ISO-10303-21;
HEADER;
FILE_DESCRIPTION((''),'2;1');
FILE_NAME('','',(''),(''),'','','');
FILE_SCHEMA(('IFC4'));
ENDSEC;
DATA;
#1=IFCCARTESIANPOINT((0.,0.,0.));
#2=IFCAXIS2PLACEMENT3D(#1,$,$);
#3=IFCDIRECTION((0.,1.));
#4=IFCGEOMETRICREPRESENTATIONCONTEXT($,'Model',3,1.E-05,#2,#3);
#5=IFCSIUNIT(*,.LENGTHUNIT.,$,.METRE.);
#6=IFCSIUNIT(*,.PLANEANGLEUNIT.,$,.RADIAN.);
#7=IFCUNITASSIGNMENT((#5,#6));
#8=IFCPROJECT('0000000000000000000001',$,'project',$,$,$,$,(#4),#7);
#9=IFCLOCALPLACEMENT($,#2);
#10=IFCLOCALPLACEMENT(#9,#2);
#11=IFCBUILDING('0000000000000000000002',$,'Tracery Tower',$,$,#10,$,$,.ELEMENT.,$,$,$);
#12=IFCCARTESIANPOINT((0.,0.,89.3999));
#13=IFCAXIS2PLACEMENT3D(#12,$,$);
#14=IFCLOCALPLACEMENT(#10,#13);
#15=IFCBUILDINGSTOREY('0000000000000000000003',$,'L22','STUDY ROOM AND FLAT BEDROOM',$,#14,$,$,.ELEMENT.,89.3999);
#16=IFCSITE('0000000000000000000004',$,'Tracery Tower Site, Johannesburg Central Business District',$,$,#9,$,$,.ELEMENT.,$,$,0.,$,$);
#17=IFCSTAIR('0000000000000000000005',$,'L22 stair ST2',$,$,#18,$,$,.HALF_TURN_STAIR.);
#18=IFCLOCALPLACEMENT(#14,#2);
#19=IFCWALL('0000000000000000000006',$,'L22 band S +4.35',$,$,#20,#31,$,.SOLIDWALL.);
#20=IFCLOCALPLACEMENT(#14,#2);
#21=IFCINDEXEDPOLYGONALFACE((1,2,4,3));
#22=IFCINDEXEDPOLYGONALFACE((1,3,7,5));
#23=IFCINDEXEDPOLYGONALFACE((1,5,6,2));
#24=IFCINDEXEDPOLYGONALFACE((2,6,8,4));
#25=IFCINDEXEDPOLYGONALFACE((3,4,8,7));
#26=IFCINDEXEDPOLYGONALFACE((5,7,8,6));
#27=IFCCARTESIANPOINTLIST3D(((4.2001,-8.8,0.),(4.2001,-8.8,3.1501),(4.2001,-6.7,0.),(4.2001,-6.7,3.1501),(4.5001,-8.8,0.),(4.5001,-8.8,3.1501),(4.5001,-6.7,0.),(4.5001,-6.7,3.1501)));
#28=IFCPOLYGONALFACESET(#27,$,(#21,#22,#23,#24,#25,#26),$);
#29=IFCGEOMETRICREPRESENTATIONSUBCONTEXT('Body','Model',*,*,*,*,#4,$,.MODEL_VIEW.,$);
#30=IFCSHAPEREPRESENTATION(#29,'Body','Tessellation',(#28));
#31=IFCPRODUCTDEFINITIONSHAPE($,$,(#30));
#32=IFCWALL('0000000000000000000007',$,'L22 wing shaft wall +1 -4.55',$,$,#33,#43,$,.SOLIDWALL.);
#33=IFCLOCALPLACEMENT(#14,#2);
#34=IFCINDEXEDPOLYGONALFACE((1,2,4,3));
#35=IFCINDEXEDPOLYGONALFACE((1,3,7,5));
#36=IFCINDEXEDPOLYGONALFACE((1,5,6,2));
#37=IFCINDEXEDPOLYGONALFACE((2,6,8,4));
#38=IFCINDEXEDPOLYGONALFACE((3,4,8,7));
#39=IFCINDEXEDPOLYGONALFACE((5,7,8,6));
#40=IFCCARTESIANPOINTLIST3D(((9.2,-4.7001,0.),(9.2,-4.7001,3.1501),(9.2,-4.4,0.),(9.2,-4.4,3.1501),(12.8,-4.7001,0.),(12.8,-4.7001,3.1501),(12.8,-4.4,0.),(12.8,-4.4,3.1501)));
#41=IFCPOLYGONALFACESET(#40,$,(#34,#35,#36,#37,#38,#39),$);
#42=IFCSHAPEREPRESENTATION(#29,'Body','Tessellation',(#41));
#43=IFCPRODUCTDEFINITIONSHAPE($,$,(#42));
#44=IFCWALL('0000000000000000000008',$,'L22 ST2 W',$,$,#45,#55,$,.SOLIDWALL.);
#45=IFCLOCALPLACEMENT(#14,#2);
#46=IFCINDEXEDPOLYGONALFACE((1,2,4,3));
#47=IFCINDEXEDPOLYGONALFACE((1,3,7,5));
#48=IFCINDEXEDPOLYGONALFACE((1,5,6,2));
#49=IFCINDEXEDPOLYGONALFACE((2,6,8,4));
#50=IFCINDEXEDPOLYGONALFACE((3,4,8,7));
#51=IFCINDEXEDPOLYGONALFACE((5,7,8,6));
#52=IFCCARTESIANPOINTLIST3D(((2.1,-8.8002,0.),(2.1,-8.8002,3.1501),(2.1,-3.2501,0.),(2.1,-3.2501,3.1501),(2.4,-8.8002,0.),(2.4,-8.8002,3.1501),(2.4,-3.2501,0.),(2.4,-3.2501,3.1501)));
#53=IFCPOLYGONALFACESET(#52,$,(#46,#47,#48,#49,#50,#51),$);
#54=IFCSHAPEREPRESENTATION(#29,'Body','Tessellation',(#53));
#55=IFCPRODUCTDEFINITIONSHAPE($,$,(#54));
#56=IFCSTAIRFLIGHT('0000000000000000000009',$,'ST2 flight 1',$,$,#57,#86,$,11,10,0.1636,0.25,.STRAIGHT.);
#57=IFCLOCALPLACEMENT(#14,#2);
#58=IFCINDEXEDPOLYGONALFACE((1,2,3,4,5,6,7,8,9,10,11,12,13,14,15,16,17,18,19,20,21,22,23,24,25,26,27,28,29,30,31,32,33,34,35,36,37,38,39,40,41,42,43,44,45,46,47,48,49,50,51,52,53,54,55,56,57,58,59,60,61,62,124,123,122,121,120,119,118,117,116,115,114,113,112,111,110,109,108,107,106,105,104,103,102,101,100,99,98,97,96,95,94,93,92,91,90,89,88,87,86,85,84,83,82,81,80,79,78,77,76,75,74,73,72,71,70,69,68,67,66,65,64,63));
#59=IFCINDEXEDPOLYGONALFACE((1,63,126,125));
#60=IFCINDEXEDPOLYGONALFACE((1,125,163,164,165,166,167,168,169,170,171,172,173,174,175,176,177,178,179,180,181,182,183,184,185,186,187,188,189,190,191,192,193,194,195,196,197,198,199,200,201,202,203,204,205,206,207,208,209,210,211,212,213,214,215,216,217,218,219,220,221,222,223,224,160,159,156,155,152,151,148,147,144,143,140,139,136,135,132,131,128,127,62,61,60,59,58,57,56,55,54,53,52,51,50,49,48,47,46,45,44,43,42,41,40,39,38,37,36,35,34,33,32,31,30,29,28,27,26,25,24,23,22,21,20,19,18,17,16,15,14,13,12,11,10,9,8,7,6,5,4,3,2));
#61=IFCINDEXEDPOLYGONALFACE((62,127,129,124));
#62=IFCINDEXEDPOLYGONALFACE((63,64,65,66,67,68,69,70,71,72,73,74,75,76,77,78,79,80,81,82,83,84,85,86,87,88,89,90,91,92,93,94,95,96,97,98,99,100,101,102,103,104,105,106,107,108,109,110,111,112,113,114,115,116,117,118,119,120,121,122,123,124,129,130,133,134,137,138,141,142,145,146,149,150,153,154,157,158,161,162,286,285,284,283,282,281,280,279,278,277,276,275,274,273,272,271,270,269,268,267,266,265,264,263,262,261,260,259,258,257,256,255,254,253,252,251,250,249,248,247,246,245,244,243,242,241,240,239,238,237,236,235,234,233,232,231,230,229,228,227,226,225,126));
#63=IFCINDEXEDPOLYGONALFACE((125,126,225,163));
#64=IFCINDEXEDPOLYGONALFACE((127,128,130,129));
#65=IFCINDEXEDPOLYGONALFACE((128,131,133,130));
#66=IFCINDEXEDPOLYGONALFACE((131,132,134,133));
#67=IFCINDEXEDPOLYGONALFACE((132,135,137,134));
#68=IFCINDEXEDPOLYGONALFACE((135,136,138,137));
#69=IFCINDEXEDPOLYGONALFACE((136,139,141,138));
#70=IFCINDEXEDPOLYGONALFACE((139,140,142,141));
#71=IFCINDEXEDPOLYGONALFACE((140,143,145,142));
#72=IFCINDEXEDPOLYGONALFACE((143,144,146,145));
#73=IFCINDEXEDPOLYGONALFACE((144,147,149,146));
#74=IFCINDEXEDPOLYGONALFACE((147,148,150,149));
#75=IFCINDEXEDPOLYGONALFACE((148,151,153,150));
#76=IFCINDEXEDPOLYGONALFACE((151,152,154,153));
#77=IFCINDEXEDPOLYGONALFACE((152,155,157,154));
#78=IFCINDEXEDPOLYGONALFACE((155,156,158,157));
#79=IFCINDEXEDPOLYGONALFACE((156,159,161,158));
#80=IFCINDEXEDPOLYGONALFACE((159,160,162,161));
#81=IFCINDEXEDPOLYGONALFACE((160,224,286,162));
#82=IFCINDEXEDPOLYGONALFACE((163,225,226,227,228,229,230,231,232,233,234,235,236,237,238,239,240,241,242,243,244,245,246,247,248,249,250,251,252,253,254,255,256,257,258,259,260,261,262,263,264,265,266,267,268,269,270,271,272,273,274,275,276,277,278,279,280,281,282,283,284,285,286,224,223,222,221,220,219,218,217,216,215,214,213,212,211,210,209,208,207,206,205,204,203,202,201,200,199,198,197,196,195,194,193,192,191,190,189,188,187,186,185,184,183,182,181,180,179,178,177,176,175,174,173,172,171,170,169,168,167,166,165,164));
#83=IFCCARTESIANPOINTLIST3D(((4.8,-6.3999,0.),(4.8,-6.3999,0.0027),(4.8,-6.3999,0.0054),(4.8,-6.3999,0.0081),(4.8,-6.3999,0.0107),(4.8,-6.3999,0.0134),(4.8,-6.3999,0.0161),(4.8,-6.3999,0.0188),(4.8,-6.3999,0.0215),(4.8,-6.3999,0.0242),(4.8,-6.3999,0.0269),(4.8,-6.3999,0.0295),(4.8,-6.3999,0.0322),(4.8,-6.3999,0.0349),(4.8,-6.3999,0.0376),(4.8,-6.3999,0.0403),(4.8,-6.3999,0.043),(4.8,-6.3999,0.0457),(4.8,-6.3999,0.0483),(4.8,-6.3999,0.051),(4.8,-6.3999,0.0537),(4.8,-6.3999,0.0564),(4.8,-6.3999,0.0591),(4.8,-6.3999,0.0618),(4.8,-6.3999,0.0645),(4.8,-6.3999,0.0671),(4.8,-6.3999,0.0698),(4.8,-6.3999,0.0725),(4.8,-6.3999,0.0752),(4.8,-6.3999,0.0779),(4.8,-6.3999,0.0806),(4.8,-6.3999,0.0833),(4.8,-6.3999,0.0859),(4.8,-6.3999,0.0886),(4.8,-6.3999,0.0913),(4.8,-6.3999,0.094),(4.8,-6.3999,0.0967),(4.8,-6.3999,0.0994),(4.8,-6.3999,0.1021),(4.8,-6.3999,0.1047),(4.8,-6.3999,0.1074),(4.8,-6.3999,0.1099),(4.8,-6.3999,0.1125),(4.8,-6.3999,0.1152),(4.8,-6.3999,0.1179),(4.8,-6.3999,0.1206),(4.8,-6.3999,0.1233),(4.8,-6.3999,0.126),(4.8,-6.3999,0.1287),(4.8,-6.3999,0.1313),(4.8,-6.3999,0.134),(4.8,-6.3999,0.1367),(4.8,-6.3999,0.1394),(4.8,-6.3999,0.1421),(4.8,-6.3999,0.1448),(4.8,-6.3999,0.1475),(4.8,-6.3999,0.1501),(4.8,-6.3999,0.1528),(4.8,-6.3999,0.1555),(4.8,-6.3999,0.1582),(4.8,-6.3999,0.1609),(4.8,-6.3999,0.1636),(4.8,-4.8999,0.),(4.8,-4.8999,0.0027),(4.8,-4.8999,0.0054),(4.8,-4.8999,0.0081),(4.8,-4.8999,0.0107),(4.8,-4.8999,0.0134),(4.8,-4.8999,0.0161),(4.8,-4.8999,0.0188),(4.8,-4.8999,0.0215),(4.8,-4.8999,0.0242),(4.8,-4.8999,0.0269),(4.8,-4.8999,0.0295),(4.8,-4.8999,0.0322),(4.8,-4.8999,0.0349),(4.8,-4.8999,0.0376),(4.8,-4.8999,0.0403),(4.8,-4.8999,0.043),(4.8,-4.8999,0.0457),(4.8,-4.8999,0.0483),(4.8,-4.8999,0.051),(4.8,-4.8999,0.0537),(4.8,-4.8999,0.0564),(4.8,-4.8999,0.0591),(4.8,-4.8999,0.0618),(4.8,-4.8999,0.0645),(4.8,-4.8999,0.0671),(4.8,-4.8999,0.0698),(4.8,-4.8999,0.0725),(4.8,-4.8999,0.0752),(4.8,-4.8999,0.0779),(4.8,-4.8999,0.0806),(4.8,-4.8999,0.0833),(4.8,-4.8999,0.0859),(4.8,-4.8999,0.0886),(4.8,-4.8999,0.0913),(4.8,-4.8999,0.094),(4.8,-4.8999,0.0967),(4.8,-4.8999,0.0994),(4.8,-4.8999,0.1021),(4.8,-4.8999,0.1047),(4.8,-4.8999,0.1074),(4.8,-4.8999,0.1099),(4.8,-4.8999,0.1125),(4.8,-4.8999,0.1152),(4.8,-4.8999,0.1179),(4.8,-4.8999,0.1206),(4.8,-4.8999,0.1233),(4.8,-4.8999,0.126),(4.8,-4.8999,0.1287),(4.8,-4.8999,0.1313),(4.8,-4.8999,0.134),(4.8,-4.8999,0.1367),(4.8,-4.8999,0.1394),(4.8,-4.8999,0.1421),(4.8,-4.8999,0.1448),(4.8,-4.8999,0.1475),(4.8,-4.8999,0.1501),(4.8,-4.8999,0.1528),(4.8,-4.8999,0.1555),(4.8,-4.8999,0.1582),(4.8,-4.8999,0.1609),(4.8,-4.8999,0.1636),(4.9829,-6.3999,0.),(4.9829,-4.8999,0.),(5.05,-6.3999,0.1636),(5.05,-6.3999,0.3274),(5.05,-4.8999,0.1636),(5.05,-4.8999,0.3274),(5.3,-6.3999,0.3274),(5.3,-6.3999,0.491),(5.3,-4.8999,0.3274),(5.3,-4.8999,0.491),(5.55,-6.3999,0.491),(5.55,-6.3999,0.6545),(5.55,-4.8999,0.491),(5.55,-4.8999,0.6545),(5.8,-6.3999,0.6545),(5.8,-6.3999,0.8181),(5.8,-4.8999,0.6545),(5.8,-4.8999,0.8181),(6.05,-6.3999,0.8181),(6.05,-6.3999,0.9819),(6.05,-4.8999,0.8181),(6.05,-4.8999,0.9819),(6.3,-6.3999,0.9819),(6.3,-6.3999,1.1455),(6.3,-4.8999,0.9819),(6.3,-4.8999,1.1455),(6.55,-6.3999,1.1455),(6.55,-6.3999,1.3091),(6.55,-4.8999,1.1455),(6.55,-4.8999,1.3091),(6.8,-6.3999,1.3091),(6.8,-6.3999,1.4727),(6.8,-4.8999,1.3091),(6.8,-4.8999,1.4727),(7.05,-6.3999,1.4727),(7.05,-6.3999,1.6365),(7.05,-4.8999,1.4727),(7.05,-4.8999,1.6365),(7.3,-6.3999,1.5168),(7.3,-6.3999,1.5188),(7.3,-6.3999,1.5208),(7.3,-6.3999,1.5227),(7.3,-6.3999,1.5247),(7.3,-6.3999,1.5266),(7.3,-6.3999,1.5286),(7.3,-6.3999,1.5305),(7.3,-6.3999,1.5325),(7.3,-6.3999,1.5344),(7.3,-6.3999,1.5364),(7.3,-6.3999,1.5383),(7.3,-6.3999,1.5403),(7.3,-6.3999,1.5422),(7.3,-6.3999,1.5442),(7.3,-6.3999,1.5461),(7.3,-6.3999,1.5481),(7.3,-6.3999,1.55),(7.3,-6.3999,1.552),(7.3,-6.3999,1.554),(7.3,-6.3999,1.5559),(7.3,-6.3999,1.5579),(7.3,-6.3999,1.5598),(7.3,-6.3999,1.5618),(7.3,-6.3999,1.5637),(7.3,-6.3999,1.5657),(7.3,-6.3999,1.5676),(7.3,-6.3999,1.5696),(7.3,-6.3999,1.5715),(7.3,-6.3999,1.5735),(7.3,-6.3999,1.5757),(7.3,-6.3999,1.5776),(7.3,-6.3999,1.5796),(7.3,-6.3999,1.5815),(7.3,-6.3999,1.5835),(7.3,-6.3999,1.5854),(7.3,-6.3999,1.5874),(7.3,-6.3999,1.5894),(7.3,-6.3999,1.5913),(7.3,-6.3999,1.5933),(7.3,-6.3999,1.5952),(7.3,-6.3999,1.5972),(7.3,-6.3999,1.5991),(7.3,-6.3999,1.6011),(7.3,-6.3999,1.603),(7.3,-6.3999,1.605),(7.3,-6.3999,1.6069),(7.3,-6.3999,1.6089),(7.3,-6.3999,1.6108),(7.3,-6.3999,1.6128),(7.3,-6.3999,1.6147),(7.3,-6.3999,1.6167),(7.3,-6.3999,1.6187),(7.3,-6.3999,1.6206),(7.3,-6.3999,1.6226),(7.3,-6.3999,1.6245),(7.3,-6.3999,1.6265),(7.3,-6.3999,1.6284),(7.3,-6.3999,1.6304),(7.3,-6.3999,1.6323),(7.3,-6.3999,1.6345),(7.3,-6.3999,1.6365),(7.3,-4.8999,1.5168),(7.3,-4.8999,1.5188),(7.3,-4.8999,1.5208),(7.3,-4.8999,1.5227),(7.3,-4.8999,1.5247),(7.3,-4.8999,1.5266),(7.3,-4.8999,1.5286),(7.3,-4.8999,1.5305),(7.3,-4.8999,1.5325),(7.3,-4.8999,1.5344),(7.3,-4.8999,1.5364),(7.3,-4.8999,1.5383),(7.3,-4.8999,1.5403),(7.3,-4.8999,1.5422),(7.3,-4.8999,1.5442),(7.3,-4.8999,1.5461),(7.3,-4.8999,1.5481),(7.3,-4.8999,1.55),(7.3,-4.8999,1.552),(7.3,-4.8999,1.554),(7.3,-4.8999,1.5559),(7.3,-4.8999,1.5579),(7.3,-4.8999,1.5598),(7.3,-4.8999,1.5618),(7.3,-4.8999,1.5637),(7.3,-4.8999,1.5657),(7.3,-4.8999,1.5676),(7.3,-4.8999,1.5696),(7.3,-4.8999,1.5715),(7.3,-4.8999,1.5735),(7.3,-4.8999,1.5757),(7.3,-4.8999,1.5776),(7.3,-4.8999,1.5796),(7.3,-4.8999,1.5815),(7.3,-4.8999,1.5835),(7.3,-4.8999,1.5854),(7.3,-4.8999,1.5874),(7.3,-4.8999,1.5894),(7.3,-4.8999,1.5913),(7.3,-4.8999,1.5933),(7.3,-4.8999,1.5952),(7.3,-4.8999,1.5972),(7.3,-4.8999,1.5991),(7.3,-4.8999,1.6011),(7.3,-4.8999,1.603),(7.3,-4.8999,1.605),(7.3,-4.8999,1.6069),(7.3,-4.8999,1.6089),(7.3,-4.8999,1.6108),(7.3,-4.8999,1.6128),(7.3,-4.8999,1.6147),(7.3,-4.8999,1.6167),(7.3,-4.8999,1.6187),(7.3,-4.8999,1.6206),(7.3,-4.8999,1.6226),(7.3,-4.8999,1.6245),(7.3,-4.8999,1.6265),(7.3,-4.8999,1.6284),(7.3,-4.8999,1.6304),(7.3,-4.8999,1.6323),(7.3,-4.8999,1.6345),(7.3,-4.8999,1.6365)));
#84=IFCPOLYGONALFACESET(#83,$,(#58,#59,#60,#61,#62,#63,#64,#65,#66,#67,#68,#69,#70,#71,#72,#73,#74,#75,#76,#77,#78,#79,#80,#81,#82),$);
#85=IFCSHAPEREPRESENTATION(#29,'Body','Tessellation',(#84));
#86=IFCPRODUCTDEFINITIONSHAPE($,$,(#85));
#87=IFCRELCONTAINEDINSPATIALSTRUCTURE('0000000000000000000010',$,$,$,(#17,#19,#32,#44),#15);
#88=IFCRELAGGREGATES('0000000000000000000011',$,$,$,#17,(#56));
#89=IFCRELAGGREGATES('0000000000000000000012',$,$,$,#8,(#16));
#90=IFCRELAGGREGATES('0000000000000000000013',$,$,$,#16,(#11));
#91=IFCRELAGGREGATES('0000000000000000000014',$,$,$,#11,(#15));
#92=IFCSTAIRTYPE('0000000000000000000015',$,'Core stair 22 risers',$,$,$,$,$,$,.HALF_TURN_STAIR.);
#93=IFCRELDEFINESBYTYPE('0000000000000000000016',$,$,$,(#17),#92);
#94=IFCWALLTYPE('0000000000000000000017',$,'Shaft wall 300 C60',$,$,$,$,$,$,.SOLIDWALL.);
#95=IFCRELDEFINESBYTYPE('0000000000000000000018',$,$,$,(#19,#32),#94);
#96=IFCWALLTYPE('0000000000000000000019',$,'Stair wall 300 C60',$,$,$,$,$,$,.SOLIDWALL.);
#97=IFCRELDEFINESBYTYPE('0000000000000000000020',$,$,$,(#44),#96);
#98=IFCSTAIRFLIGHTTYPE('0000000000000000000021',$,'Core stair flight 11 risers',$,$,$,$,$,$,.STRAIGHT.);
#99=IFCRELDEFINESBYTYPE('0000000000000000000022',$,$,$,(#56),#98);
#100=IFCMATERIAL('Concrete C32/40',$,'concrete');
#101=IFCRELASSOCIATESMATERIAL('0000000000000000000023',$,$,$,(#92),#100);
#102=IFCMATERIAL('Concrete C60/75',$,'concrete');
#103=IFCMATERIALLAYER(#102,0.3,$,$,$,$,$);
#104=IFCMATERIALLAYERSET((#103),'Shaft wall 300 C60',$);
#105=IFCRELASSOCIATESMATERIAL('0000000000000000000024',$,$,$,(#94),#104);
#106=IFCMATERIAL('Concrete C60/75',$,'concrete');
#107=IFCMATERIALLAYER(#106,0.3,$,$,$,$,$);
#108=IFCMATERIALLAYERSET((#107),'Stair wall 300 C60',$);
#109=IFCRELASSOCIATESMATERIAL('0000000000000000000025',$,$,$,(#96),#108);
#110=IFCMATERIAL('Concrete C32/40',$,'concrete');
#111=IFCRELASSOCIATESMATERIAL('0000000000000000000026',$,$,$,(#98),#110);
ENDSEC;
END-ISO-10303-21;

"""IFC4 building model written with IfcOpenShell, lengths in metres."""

from ifc_helpers import new_model, si_unit, direction, frame, frame_2d, origin, place, context, subcontext, project, spatial, polyline, rectangle, outline, extrude, material, layer, layer_set, type_object, element, aggregate, save


model = new_model("IFC4")

# Units and contexts
model_context = context("Model", 3, precision=1e-05, world=origin(), true_north=direction((0.0, 1.0)))
body_context = subcontext(model_context, "Body", "Model", "MODEL_VIEW")
ifc_project = project(units=[si_unit("LENGTHUNIT", "METRE"), si_unit("PLANEANGLEUNIT", "RADIAN")], contexts=[model_context])

# Site, building, storey
site_placement = place(None, origin())
site = spatial("IfcSite", under=ifc_project, at=site_placement, Name="Tracery Tower Site, Johannesburg Central Business District", CompositionType="ELEMENT", RefElevation=0.0)
building_placement = place(site_placement, origin())
building = spatial("IfcBuilding", under=site, at=building_placement, Name="Tracery Tower", CompositionType="ELEMENT")
storey_placement = place(building_placement, frame((0.0, 0.0, 89.3999)))
storey = spatial("IfcBuildingStorey", under=building, at=storey_placement, Name="L22", Description="STUDY ROOM AND FLAT BEDROOM", CompositionType="ELEMENT", Elevation=89.3999)

# Stair
ifc_material_1 = material(Name="Concrete C32/40", Category="concrete")
stair_type = type_object("IfcStairType", Name="Core stair 22 risers", PredefinedType="HALF_TURN_STAIR", material=ifc_material_1)
stair_1_placement = place(storey_placement, origin())
stair_1 = element("IfcStair", 1, at=stair_1_placement, inside=storey, type_object=stair_type, Name="L22 stair ST2", PredefinedType="HALF_TURN_STAIR")

# Walls
ifc_material_2 = material(Name="Concrete C60/75", Category="concrete")
ifc_layer_1 = layer(ifc_material_2, 0.3)
ifc_layer_set_1 = layer_set([ifc_layer_1], Name="Shaft wall 300 C60")
wall_type_1 = type_object("IfcWallType", Name="Shaft wall 300 C60", PredefinedType="SOLIDWALL", material=ifc_layer_set_1)
wall_1_placement = place(storey_placement, frame((4.3501, -8.8, 0.0), z_axis=(0.0, 0.0, 1.0), x_axis=(0.0, 1.0, 0.0)))
element("IfcWall", 2, at=wall_1_placement, inside=storey, type_object=wall_type_1, Name="L22 band S +4.35", PredefinedType="SOLIDWALL", context=body_context, shape_type="SweptSolid", body=[
    extrude(rectangle(XDim=2.1001, YDim=0.3, at=frame_2d((1.05, 0.0))), origin(), (0.0, 0.0, 1.0), 3.1501),
])
wall_2_placement = place(storey_placement, frame((9.2, -4.55, 0.0), z_axis=(0.0, 0.0, 1.0), x_axis=(1.0, 0.0, 0.0)))
element("IfcWall", 3, at=wall_2_placement, inside=storey, type_object=wall_type_1, Name="L22 wing shaft wall +1 -4.55", PredefinedType="SOLIDWALL", context=body_context, shape_type="SweptSolid", body=[
    extrude(rectangle(XDim=3.6001, YDim=0.3, at=frame_2d((1.8, 0.0))), origin(), (0.0, 0.0, 1.0), 3.1501),
])

# Shared definitions
ifc_material_3 = material(Name="Concrete C60/75", Category="concrete")
ifc_layer_2 = layer(ifc_material_3, 0.3)
ifc_layer_set_2 = layer_set([ifc_layer_2], Name="Stair wall 300 C60")
wall_type_2 = type_object("IfcWallType", Name="Stair wall 300 C60", PredefinedType="SOLIDWALL", material=ifc_layer_set_2)

# Wall
wall_3_placement = place(storey_placement, frame((2.25, -8.8, 0.0), z_axis=(0.0, 0.0, 1.0), x_axis=(0.0, 1.0, 0.0)))
element("IfcWall", 4, at=wall_3_placement, inside=storey, type_object=wall_type_2, Name="L22 ST2 W", PredefinedType="SOLIDWALL", context=body_context, shape_type="SweptSolid", body=[
    extrude(rectangle(XDim=5.55, YDim=0.3, at=frame_2d((2.7749, 0.0))), origin(), (0.0, 0.0, 1.0), 3.1501),
])

# Stair flight
ifc_material_4 = material(Name="Concrete C32/40", Category="concrete")
stair_flight_type = type_object("IfcStairFlightType", Name="Core stair flight 11 risers", PredefinedType="STRAIGHT", material=ifc_material_4)
stair_flight_1_placement = place(storey_placement, frame((4.8, -5.6499, 0.0), z_axis=(0.0, 0.0, 1.0), x_axis=(1.0, 0.0, 0.0)))
stair_flight_1 = element("IfcStairFlight", 5, at=stair_flight_1_placement, type_object=stair_flight_type, Name="ST2 flight 1", NumberOfRisers=11, NumberOfTreads=10, PredefinedType="STRAIGHT", RiserHeight=0.1636, TreadLength=0.25, context=body_context, shape_type="SweptSolid", body=[
    extrude(outline(polyline([(0.0, 0.0), (0.0, 0.0027), (0.0, 0.0054), (0.0, 0.0081), (0.0, 0.0107), (0.0, 0.0134), (0.0, 0.0161), (0.0, 0.0188), (0.0, 0.0215), (0.0, 0.0242), (0.0, 0.0269), (0.0, 0.0295), (0.0, 0.0322), (0.0, 0.0349), (0.0, 0.0376), (0.0, 0.0403), (0.0, 0.043), (0.0, 0.0457), (0.0, 0.0483), (0.0, 0.051), (0.0, 0.0537), (0.0, 0.0564), (0.0, 0.0591), (0.0, 0.0618), (0.0, 0.0645), (0.0, 0.0671), (0.0, 0.0698), (0.0, 0.0725), (0.0, 0.0752), (0.0, 0.0779), (0.0, 0.0806), (0.0, 0.0833), (0.0, 0.0859), (0.0, 0.0886), (0.0, 0.0913), (0.0, 0.094), (0.0, 0.0967), (0.0, 0.0994), (0.0, 0.1021), (0.0, 0.1047), (0.0, 0.1074), (0.0, 0.1099), (0.0, 0.1125), (0.0, 0.1152), (0.0, 0.1179), (0.0, 0.1206), (0.0, 0.1233), (0.0, 0.126), (0.0, 0.1287), (0.0, 0.1313), (0.0, 0.134), (0.0, 0.1367), (0.0, 0.1394), (0.0, 0.1421), (0.0, 0.1448), (0.0, 0.1475), (0.0, 0.1501), (0.0, 0.1528), (0.0, 0.1555), (0.0, 0.1582), (0.0, 0.1609), (0.0, 0.1636), (0.25, 0.1636), (0.25, 0.3274), (0.5, 0.3274), (0.5, 0.491), (0.75, 0.491), (0.75, 0.6545), (1.0, 0.6545), (1.0, 0.8181), (1.25, 0.8181), (1.25, 0.9819), (1.5, 0.9819), (1.5, 1.1455), (1.75, 1.1455), (1.75, 1.3091), (2.0, 1.3091), (2.0, 1.4727), (2.25, 1.4727), (2.25, 1.6365), (2.5, 1.6365), (2.5, 1.6345), (2.5, 1.6323), (2.5, 1.6304), (2.5, 1.6284), (2.5, 1.6265), (2.5, 1.6245), (2.5, 1.6226), (2.5, 1.6206), (2.5, 1.6187), (2.5, 1.6167), (2.5, 1.6147), (2.5, 1.6128), (2.5, 1.6108), (2.5, 1.6089), (2.5, 1.6069), (2.5, 1.605), (2.5, 1.603), (2.5, 1.6011), (2.5, 1.5991), (2.5, 1.5972), (2.5, 1.5952), (2.5, 1.5933), (2.5, 1.5913), (2.5, 1.5894), (2.5, 1.5874), (2.5, 1.5854), (2.5, 1.5835), (2.5, 1.5815), (2.5, 1.5796), (2.5, 1.5776), (2.5, 1.5757), (2.5, 1.5735), (2.5, 1.5715), (2.5, 1.5696), (2.5, 1.5676), (2.5, 1.5657), (2.5, 1.5637), (2.5, 1.5618), (2.5, 1.5598), (2.5, 1.5579), (2.5, 1.5559), (2.5, 1.554), (2.5, 1.552), (2.5, 1.55), (2.5, 1.5481), (2.5, 1.5461), (2.5, 1.5442), (2.5, 1.5422), (2.5, 1.5403), (2.5, 1.5383), (2.5, 1.5364), (2.5, 1.5344), (2.5, 1.5325), (2.5, 1.5305), (2.5, 1.5286), (2.5, 1.5266), (2.5, 1.5247), (2.5, 1.5227), (2.5, 1.5208), (2.5, 1.5188), (2.5, 1.5168), (0.1829, 0.0), (0.0, 0.0)])), frame((0.0, 0.75, 0.0), z_axis=(0.0, -1.0, 0.0), x_axis=(1.0, 0.0, 0.0)), (0.0, 0.0, 1.0), 1.5),
])
aggregate(stair_1, [stair_flight_1])

save(model, "model.ifc")
